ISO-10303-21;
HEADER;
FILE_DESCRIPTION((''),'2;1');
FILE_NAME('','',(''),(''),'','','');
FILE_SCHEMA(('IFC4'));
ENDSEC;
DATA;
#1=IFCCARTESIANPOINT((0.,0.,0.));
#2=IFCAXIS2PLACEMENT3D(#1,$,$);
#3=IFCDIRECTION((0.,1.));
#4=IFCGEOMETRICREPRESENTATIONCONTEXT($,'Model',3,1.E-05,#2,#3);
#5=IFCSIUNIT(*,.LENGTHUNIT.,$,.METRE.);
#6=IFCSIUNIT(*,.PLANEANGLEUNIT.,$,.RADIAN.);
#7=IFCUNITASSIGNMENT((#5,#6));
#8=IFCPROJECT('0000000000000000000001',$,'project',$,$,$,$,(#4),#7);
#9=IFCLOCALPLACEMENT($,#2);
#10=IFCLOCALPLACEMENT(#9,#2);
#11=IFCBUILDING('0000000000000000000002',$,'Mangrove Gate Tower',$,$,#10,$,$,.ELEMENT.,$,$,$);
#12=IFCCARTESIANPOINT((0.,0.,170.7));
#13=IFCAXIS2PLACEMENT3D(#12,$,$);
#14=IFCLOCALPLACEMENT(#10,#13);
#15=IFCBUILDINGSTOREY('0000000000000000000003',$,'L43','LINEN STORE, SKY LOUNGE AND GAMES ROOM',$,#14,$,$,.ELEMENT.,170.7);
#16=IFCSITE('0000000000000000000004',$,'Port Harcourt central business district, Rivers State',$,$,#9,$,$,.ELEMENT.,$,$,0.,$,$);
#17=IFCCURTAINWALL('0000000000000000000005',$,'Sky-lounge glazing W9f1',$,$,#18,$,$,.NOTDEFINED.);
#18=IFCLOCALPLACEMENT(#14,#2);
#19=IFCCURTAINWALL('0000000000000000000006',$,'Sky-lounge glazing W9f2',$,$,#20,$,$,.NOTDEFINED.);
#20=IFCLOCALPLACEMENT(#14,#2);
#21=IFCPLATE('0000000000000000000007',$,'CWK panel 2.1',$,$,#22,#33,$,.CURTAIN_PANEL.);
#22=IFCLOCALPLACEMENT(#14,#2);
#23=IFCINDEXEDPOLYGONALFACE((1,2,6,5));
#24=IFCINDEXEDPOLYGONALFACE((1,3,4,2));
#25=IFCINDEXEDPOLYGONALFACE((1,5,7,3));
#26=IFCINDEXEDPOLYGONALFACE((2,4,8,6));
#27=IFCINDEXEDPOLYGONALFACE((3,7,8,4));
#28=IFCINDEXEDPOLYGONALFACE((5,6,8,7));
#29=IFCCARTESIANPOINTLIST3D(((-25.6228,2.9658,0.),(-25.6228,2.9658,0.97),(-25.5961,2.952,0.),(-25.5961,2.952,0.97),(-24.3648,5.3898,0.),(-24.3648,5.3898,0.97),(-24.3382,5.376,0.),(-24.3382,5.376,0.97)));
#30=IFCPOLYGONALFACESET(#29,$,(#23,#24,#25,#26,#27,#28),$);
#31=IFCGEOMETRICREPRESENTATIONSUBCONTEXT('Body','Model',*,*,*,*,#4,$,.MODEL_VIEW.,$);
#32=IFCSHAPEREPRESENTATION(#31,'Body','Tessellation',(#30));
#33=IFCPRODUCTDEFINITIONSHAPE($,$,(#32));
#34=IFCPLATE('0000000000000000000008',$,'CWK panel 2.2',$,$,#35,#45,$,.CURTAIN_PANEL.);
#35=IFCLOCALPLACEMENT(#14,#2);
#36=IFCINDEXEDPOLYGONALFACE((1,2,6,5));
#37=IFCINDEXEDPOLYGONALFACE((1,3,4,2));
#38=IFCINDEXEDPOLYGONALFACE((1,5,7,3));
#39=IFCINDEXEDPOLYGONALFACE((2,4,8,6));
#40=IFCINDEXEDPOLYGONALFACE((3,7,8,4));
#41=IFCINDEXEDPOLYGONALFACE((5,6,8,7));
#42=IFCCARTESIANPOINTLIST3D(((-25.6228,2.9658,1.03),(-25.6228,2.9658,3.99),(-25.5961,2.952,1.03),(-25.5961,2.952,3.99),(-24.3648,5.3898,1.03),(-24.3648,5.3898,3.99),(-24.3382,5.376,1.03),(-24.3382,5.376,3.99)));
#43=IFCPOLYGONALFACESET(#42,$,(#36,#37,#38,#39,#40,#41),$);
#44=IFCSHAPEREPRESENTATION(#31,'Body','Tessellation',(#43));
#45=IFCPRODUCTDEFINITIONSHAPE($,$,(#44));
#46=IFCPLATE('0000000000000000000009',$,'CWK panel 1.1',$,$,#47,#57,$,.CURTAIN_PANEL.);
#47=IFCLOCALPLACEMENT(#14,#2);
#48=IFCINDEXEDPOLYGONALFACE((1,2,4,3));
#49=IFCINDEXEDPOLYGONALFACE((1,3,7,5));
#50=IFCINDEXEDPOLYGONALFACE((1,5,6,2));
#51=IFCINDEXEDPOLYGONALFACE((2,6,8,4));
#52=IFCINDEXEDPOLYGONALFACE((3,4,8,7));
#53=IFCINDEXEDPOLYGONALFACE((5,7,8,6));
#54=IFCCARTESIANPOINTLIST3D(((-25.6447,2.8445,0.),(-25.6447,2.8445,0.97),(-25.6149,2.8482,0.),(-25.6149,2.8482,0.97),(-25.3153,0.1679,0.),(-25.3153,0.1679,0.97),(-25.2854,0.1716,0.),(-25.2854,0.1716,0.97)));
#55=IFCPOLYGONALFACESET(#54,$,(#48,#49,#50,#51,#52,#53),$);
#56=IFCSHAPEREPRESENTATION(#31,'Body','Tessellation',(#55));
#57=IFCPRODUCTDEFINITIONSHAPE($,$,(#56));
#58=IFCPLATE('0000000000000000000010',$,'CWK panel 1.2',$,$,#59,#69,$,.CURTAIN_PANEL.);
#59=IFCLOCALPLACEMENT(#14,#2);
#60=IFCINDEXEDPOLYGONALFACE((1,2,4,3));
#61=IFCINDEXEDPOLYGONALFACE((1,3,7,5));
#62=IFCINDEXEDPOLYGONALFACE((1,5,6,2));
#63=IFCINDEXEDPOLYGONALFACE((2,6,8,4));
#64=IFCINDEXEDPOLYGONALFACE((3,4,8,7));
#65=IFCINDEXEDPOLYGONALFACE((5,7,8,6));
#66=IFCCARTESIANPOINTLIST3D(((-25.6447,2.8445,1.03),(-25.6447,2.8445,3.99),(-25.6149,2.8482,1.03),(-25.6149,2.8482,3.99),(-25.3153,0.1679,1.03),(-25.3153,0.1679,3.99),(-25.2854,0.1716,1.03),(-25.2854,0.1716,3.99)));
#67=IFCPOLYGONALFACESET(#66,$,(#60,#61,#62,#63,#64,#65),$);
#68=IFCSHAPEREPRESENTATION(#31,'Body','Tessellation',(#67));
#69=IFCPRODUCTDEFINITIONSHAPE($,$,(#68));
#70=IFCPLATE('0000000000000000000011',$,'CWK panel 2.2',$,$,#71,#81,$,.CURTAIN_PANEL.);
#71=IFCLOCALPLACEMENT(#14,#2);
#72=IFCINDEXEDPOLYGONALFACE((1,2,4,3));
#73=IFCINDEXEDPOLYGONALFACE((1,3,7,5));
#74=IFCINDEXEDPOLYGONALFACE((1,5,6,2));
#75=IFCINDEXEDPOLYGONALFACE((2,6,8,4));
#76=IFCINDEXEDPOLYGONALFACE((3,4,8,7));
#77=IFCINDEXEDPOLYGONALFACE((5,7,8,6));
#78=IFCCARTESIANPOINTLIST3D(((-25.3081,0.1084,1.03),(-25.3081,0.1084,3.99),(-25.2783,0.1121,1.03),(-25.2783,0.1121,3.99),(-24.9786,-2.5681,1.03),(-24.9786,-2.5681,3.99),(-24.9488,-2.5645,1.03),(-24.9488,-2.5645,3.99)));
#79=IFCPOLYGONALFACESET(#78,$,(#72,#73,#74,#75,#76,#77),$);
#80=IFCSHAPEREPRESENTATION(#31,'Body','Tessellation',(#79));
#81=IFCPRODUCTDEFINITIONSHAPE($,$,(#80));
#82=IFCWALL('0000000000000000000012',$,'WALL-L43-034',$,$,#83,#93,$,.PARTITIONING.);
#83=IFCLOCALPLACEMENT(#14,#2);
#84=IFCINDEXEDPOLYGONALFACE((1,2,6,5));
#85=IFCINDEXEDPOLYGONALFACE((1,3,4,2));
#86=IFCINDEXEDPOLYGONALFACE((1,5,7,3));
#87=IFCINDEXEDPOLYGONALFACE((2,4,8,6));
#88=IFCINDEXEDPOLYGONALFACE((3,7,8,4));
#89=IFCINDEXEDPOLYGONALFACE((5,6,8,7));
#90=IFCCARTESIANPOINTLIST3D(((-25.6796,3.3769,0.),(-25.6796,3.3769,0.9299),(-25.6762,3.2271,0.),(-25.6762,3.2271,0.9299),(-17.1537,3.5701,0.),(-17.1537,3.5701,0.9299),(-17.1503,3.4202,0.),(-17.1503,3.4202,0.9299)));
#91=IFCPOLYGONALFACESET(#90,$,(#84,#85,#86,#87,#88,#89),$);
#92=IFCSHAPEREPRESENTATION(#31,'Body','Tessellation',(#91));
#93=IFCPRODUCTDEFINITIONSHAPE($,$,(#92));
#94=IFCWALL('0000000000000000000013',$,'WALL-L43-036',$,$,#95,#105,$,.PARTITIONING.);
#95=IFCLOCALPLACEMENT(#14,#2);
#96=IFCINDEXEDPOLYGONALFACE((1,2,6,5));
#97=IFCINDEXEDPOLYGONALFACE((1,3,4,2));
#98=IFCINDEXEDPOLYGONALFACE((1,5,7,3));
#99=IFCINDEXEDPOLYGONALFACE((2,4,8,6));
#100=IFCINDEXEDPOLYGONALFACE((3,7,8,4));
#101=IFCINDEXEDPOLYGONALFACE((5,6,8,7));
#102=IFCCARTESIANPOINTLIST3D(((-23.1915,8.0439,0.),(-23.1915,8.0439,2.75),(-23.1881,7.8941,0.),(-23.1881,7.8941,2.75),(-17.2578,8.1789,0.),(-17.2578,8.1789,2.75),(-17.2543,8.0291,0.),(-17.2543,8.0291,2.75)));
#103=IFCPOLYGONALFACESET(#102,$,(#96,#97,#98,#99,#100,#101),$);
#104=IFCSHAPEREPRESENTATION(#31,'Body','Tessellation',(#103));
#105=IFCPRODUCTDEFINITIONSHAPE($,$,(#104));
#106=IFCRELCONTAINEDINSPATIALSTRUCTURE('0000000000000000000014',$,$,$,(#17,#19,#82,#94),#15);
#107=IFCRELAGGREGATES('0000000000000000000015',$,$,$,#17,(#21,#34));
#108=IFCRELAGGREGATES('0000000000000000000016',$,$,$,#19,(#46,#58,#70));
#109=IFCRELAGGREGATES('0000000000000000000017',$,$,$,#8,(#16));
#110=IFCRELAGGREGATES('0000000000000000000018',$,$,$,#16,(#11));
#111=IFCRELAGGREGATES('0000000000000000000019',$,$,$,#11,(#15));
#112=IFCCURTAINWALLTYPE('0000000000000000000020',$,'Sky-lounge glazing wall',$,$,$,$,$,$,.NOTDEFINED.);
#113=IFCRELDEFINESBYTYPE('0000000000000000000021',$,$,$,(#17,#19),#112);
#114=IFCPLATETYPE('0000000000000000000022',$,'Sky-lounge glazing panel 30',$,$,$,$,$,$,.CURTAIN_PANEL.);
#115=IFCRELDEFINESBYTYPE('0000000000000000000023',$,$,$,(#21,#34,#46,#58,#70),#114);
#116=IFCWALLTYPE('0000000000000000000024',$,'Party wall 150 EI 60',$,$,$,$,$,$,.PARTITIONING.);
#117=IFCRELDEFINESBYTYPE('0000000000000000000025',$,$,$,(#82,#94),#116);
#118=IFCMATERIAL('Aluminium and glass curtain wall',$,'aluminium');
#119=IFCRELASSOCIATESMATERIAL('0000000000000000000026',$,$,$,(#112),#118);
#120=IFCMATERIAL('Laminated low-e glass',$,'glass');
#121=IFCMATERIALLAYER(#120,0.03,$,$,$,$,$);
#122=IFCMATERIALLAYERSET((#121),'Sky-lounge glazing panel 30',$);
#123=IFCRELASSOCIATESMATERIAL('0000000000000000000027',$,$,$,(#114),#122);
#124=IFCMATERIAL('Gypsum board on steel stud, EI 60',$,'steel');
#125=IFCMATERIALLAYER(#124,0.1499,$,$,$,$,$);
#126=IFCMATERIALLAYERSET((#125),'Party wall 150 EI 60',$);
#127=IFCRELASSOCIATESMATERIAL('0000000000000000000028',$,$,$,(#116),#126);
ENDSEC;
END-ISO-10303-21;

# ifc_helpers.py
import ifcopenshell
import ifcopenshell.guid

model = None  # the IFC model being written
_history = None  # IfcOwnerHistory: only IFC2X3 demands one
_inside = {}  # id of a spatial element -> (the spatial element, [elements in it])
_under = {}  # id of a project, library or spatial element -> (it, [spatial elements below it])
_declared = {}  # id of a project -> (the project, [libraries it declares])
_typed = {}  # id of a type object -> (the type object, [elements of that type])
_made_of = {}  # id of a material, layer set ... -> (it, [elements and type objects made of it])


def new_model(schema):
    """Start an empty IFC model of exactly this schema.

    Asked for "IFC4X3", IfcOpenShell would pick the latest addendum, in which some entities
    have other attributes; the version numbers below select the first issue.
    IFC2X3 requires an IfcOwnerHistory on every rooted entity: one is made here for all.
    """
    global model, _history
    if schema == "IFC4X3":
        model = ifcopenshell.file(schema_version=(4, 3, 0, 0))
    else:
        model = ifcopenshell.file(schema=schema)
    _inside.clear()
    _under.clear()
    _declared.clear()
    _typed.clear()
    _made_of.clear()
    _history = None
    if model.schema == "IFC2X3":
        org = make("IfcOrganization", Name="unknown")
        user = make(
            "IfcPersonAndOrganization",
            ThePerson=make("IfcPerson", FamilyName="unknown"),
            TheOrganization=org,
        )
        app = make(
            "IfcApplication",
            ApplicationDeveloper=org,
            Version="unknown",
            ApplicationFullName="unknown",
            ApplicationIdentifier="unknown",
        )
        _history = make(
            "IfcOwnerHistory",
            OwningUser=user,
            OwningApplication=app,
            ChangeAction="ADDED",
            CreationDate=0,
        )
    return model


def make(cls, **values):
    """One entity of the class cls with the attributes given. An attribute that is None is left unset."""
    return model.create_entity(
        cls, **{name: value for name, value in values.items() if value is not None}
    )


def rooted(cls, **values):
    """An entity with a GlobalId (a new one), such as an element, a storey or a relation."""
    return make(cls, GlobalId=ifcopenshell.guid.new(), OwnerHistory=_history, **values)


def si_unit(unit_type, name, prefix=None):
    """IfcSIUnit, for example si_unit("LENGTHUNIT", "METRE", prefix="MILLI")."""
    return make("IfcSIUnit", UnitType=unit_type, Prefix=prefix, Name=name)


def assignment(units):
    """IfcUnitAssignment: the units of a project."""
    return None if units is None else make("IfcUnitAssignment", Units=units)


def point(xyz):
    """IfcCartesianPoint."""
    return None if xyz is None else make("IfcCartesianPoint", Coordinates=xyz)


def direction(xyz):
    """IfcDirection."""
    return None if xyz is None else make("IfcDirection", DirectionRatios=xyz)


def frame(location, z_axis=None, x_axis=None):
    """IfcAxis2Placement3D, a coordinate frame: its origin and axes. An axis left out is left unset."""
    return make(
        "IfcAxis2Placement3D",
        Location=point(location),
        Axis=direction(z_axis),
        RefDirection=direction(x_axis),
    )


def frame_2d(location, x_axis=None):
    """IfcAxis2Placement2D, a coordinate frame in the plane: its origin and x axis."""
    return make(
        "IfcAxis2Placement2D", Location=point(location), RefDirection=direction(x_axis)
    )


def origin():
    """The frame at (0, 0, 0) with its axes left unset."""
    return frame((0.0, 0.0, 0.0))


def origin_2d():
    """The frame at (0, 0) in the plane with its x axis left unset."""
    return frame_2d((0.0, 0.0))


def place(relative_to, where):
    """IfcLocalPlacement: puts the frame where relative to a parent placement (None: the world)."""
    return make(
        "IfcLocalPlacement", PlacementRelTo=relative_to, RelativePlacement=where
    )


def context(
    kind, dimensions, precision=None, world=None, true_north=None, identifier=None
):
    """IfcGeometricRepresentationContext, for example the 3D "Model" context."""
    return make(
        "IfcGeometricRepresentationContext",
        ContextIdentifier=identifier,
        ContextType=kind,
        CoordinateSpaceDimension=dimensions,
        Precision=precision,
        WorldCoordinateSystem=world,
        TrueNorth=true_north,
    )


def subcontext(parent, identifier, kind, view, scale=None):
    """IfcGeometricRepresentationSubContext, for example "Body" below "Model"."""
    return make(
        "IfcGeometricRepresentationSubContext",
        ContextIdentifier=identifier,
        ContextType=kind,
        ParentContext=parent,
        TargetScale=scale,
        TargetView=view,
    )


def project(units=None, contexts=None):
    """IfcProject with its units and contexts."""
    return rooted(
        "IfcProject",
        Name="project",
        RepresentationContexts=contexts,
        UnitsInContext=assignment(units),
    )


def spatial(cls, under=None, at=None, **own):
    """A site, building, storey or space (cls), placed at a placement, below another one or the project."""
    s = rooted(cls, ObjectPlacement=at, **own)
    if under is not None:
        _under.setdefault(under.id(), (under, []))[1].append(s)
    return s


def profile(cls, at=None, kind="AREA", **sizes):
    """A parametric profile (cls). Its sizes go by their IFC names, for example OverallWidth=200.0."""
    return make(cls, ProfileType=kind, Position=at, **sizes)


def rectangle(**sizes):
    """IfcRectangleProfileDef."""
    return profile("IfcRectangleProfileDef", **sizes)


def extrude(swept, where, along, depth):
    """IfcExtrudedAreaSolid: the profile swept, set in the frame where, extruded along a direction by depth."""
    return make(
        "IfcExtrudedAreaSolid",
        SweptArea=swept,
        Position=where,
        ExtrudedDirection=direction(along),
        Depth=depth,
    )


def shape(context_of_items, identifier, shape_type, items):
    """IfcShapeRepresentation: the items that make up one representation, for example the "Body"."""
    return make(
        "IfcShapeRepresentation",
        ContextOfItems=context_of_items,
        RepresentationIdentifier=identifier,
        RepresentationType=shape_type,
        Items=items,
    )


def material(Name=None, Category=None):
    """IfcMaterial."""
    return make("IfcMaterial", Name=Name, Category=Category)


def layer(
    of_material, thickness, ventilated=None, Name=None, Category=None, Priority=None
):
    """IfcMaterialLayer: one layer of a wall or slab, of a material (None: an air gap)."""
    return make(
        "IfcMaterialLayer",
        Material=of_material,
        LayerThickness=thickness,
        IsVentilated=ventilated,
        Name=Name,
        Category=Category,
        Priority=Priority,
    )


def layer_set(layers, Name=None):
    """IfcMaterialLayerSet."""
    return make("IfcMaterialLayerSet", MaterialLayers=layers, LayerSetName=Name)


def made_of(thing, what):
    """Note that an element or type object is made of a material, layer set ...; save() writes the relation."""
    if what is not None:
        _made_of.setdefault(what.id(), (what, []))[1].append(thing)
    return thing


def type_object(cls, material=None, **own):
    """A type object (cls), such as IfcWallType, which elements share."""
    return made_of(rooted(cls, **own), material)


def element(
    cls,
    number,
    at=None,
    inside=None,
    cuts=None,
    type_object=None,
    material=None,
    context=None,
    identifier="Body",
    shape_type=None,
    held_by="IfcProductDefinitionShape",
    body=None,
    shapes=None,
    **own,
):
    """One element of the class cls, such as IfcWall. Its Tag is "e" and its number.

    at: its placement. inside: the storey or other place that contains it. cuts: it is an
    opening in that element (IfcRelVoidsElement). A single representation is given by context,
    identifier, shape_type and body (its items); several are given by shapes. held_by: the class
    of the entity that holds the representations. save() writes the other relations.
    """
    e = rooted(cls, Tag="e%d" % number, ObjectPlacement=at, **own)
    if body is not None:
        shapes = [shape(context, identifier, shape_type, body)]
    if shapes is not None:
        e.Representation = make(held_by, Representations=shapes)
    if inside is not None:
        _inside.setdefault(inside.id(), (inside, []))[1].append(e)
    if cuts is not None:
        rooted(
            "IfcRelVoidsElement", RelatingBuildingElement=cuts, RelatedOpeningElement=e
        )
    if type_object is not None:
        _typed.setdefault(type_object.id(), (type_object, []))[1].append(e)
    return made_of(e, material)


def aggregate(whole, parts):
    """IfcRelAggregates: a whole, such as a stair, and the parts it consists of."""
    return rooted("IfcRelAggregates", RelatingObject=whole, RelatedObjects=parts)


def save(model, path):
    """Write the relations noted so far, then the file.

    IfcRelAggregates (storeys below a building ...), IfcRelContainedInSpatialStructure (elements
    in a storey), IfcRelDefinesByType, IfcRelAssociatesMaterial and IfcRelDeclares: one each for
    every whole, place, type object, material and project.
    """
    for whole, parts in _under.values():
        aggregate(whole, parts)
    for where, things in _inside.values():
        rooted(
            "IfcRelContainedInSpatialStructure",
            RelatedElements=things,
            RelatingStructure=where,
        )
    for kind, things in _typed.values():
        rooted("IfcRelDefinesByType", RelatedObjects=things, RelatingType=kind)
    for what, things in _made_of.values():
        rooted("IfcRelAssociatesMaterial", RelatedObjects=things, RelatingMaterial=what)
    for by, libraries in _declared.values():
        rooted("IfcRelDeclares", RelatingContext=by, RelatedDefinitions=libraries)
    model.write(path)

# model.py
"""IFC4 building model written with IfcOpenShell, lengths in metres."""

from ifc_helpers import new_model, si_unit, direction, frame, frame_2d, origin, origin_2d, place, context, subcontext, project, spatial, rectangle, extrude, material, layer, layer_set, type_object, element, aggregate, save


model = new_model("IFC4")

# Units and contexts
model_context = context("Model", 3, precision=1e-05, world=origin(), true_north=direction((0.0, 1.0)))
body_context = subcontext(model_context, "Body", "Model", "MODEL_VIEW")
ifc_project = project(units=[si_unit("LENGTHUNIT", "METRE"), si_unit("PLANEANGLEUNIT", "RADIAN")], contexts=[model_context])

# Site, building, storey
site_placement = place(None, origin())
site = spatial("IfcSite", under=ifc_project, at=site_placement, Name="Port Harcourt central business district, Rivers State", CompositionType="ELEMENT", RefElevation=0.0)
building_placement = place(site_placement, origin())
building = spatial("IfcBuilding", under=site, at=building_placement, Name="Mangrove Gate Tower", CompositionType="ELEMENT")
storey_placement = place(building_placement, frame((0.0, 0.0, 170.7)))
storey = spatial("IfcBuildingStorey", under=building, at=storey_placement, Name="L43", Description="LINEN STORE, SKY LOUNGE AND GAMES ROOM", CompositionType="ELEMENT", Elevation=170.7)

# Curtain walls
ifc_material_1 = material(Name="Aluminium and glass curtain wall", Category="aluminium")
curtain_wall_type = type_object("IfcCurtainWallType", Name="Sky-lounge glazing wall", PredefinedType="NOTDEFINED", material=ifc_material_1)
curtain_wall_1_placement = place(storey_placement, origin())
curtain_wall_1 = element("IfcCurtainWall", 1, at=curtain_wall_1_placement, inside=storey, type_object=curtain_wall_type, Name="Sky-lounge glazing W9f1", PredefinedType="NOTDEFINED")
curtain_wall_2_placement = place(storey_placement, origin())
curtain_wall_2 = element("IfcCurtainWall", 2, at=curtain_wall_2_placement, inside=storey, type_object=curtain_wall_type, Name="Sky-lounge glazing W9f2", PredefinedType="NOTDEFINED")

# Plates
ifc_material_2 = material(Name="Laminated low-e glass", Category="glass")
ifc_layer_1 = layer(ifc_material_2, 0.03)
ifc_layer_set_1 = layer_set([ifc_layer_1], Name="Sky-lounge glazing panel 30")
plate_type = type_object("IfcPlateType", Name="Sky-lounge glazing panel 30", PredefinedType="CURTAIN_PANEL", material=ifc_layer_set_1)
plate_1_placement = place(storey_placement, frame((-24.9805, 4.1709, 0.0), z_axis=(0.0, 0.0, 1.0), x_axis=(-0.460628, -0.887593, 0.0)))
plate_1 = element("IfcPlate", 3, at=plate_1_placement, type_object=plate_type, Name="CWK panel 2.1", PredefinedType="CURTAIN_PANEL", context=body_context, shape_type="SweptSolid", body=[
    extrude(rectangle(XDim=2.731, YDim=0.03, at=origin_2d()), origin(), (0.0, 0.0, 1.0), 0.97),
])
plate_2_placement = place(storey_placement, frame((-24.9805, 4.1709, 1.03), z_axis=(0.0, 0.0, 1.0), x_axis=(-0.460628, -0.887593, 0.0)))
plate_2 = element("IfcPlate", 4, at=plate_2_placement, type_object=plate_type, Name="CWK panel 2.2", PredefinedType="CURTAIN_PANEL", context=body_context, shape_type="SweptSolid", body=[
    extrude(rectangle(XDim=2.731, YDim=0.03, at=origin_2d()), origin(), (0.0, 0.0, 1.0), 2.96),
])
aggregate(curtain_wall_1, [plate_1, plate_2])
plate_3_placement = place(storey_placement, frame((-25.4651, 1.5081, 0.0), z_axis=(0.0, 0.0, 1.0), x_axis=(0.122172, -0.992509, 0.0)))
plate_3 = element("IfcPlate", 5, at=plate_3_placement, type_object=plate_type, Name="CWK panel 1.1", PredefinedType="CURTAIN_PANEL", context=body_context, shape_type="SweptSolid", body=[
    extrude(rectangle(XDim=2.6968, YDim=0.03, at=origin_2d()), origin(), (0.0, 0.0, 1.0), 0.97),
])
plate_4_placement = place(storey_placement, frame((-25.4651, 1.5081, 1.03), z_axis=(0.0, 0.0, 1.0), x_axis=(0.122172, -0.992509, 0.0)))
plate_4 = element("IfcPlate", 6, at=plate_4_placement, type_object=plate_type, Name="CWK panel 1.2", PredefinedType="CURTAIN_PANEL", context=body_context, shape_type="SweptSolid", body=[
    extrude(rectangle(XDim=2.6968, YDim=0.03, at=origin_2d()), origin(), (0.0, 0.0, 1.0), 2.96),
])
plate_5_placement = place(storey_placement, frame((-25.1284, -1.228, 1.03), z_axis=(0.0, 0.0, 1.0), x_axis=(0.122172, -0.992509, 0.0)))
plate_5 = element("IfcPlate", 7, at=plate_5_placement, type_object=plate_type, Name="CWK panel 2.2", PredefinedType="CURTAIN_PANEL", context=body_context, shape_type="SweptSolid", body=[
    extrude(rectangle(XDim=2.6968, YDim=0.03, at=origin_2d()), origin(), (0.0, 0.0, 1.0), 2.96),
])
aggregate(curtain_wall_2, [plate_3, plate_4, plate_5])

# Walls
ifc_material_3 = material(Name="Gypsum board on steel stud, EI 60", Category="steel")
ifc_layer_2 = layer(ifc_material_3, 0.1499)
ifc_layer_set_2 = layer_set([ifc_layer_2], Name="Party wall 150 EI 60")
wall_type = type_object("IfcWallType", Name="Party wall 150 EI 60", PredefinedType="PARTITIONING", material=ifc_layer_set_2)
wall_1_placement = place(storey_placement, frame((-25.678, 3.302, 0.0), z_axis=(0.0, 0.0, 1.0), x_axis=(0.999744, 0.022645, 0.0)))
element("IfcWall", 8, at=wall_1_placement, inside=storey, type_object=wall_type, Name="WALL-L43-034", PredefinedType="PARTITIONING", context=body_context, shape_type="SweptSolid", body=[
    extrude(rectangle(XDim=8.5281, YDim=0.1499, at=frame_2d((4.2642, 0.0))), origin(), (0.0, 0.0, 1.0), 0.9299),
])
wall_2_placement = place(storey_placement, frame((-23.1899, 7.969, 0.0), z_axis=(0.0, 0.0, 1.0), x_axis=(0.999741, 0.022747, 0.0)))
element("IfcWall", 9, at=wall_2_placement, inside=storey, type_object=wall_type, Name="WALL-L43-036", PredefinedType="PARTITIONING", context=body_context, shape_type="SweptSolid", body=[
    extrude(rectangle(XDim=5.9353, YDim=0.1499, at=frame_2d((2.9678, 0.0))), origin(), (0.0, 0.0, 1.0), 2.75),
])

save(model, "model.ifc")
